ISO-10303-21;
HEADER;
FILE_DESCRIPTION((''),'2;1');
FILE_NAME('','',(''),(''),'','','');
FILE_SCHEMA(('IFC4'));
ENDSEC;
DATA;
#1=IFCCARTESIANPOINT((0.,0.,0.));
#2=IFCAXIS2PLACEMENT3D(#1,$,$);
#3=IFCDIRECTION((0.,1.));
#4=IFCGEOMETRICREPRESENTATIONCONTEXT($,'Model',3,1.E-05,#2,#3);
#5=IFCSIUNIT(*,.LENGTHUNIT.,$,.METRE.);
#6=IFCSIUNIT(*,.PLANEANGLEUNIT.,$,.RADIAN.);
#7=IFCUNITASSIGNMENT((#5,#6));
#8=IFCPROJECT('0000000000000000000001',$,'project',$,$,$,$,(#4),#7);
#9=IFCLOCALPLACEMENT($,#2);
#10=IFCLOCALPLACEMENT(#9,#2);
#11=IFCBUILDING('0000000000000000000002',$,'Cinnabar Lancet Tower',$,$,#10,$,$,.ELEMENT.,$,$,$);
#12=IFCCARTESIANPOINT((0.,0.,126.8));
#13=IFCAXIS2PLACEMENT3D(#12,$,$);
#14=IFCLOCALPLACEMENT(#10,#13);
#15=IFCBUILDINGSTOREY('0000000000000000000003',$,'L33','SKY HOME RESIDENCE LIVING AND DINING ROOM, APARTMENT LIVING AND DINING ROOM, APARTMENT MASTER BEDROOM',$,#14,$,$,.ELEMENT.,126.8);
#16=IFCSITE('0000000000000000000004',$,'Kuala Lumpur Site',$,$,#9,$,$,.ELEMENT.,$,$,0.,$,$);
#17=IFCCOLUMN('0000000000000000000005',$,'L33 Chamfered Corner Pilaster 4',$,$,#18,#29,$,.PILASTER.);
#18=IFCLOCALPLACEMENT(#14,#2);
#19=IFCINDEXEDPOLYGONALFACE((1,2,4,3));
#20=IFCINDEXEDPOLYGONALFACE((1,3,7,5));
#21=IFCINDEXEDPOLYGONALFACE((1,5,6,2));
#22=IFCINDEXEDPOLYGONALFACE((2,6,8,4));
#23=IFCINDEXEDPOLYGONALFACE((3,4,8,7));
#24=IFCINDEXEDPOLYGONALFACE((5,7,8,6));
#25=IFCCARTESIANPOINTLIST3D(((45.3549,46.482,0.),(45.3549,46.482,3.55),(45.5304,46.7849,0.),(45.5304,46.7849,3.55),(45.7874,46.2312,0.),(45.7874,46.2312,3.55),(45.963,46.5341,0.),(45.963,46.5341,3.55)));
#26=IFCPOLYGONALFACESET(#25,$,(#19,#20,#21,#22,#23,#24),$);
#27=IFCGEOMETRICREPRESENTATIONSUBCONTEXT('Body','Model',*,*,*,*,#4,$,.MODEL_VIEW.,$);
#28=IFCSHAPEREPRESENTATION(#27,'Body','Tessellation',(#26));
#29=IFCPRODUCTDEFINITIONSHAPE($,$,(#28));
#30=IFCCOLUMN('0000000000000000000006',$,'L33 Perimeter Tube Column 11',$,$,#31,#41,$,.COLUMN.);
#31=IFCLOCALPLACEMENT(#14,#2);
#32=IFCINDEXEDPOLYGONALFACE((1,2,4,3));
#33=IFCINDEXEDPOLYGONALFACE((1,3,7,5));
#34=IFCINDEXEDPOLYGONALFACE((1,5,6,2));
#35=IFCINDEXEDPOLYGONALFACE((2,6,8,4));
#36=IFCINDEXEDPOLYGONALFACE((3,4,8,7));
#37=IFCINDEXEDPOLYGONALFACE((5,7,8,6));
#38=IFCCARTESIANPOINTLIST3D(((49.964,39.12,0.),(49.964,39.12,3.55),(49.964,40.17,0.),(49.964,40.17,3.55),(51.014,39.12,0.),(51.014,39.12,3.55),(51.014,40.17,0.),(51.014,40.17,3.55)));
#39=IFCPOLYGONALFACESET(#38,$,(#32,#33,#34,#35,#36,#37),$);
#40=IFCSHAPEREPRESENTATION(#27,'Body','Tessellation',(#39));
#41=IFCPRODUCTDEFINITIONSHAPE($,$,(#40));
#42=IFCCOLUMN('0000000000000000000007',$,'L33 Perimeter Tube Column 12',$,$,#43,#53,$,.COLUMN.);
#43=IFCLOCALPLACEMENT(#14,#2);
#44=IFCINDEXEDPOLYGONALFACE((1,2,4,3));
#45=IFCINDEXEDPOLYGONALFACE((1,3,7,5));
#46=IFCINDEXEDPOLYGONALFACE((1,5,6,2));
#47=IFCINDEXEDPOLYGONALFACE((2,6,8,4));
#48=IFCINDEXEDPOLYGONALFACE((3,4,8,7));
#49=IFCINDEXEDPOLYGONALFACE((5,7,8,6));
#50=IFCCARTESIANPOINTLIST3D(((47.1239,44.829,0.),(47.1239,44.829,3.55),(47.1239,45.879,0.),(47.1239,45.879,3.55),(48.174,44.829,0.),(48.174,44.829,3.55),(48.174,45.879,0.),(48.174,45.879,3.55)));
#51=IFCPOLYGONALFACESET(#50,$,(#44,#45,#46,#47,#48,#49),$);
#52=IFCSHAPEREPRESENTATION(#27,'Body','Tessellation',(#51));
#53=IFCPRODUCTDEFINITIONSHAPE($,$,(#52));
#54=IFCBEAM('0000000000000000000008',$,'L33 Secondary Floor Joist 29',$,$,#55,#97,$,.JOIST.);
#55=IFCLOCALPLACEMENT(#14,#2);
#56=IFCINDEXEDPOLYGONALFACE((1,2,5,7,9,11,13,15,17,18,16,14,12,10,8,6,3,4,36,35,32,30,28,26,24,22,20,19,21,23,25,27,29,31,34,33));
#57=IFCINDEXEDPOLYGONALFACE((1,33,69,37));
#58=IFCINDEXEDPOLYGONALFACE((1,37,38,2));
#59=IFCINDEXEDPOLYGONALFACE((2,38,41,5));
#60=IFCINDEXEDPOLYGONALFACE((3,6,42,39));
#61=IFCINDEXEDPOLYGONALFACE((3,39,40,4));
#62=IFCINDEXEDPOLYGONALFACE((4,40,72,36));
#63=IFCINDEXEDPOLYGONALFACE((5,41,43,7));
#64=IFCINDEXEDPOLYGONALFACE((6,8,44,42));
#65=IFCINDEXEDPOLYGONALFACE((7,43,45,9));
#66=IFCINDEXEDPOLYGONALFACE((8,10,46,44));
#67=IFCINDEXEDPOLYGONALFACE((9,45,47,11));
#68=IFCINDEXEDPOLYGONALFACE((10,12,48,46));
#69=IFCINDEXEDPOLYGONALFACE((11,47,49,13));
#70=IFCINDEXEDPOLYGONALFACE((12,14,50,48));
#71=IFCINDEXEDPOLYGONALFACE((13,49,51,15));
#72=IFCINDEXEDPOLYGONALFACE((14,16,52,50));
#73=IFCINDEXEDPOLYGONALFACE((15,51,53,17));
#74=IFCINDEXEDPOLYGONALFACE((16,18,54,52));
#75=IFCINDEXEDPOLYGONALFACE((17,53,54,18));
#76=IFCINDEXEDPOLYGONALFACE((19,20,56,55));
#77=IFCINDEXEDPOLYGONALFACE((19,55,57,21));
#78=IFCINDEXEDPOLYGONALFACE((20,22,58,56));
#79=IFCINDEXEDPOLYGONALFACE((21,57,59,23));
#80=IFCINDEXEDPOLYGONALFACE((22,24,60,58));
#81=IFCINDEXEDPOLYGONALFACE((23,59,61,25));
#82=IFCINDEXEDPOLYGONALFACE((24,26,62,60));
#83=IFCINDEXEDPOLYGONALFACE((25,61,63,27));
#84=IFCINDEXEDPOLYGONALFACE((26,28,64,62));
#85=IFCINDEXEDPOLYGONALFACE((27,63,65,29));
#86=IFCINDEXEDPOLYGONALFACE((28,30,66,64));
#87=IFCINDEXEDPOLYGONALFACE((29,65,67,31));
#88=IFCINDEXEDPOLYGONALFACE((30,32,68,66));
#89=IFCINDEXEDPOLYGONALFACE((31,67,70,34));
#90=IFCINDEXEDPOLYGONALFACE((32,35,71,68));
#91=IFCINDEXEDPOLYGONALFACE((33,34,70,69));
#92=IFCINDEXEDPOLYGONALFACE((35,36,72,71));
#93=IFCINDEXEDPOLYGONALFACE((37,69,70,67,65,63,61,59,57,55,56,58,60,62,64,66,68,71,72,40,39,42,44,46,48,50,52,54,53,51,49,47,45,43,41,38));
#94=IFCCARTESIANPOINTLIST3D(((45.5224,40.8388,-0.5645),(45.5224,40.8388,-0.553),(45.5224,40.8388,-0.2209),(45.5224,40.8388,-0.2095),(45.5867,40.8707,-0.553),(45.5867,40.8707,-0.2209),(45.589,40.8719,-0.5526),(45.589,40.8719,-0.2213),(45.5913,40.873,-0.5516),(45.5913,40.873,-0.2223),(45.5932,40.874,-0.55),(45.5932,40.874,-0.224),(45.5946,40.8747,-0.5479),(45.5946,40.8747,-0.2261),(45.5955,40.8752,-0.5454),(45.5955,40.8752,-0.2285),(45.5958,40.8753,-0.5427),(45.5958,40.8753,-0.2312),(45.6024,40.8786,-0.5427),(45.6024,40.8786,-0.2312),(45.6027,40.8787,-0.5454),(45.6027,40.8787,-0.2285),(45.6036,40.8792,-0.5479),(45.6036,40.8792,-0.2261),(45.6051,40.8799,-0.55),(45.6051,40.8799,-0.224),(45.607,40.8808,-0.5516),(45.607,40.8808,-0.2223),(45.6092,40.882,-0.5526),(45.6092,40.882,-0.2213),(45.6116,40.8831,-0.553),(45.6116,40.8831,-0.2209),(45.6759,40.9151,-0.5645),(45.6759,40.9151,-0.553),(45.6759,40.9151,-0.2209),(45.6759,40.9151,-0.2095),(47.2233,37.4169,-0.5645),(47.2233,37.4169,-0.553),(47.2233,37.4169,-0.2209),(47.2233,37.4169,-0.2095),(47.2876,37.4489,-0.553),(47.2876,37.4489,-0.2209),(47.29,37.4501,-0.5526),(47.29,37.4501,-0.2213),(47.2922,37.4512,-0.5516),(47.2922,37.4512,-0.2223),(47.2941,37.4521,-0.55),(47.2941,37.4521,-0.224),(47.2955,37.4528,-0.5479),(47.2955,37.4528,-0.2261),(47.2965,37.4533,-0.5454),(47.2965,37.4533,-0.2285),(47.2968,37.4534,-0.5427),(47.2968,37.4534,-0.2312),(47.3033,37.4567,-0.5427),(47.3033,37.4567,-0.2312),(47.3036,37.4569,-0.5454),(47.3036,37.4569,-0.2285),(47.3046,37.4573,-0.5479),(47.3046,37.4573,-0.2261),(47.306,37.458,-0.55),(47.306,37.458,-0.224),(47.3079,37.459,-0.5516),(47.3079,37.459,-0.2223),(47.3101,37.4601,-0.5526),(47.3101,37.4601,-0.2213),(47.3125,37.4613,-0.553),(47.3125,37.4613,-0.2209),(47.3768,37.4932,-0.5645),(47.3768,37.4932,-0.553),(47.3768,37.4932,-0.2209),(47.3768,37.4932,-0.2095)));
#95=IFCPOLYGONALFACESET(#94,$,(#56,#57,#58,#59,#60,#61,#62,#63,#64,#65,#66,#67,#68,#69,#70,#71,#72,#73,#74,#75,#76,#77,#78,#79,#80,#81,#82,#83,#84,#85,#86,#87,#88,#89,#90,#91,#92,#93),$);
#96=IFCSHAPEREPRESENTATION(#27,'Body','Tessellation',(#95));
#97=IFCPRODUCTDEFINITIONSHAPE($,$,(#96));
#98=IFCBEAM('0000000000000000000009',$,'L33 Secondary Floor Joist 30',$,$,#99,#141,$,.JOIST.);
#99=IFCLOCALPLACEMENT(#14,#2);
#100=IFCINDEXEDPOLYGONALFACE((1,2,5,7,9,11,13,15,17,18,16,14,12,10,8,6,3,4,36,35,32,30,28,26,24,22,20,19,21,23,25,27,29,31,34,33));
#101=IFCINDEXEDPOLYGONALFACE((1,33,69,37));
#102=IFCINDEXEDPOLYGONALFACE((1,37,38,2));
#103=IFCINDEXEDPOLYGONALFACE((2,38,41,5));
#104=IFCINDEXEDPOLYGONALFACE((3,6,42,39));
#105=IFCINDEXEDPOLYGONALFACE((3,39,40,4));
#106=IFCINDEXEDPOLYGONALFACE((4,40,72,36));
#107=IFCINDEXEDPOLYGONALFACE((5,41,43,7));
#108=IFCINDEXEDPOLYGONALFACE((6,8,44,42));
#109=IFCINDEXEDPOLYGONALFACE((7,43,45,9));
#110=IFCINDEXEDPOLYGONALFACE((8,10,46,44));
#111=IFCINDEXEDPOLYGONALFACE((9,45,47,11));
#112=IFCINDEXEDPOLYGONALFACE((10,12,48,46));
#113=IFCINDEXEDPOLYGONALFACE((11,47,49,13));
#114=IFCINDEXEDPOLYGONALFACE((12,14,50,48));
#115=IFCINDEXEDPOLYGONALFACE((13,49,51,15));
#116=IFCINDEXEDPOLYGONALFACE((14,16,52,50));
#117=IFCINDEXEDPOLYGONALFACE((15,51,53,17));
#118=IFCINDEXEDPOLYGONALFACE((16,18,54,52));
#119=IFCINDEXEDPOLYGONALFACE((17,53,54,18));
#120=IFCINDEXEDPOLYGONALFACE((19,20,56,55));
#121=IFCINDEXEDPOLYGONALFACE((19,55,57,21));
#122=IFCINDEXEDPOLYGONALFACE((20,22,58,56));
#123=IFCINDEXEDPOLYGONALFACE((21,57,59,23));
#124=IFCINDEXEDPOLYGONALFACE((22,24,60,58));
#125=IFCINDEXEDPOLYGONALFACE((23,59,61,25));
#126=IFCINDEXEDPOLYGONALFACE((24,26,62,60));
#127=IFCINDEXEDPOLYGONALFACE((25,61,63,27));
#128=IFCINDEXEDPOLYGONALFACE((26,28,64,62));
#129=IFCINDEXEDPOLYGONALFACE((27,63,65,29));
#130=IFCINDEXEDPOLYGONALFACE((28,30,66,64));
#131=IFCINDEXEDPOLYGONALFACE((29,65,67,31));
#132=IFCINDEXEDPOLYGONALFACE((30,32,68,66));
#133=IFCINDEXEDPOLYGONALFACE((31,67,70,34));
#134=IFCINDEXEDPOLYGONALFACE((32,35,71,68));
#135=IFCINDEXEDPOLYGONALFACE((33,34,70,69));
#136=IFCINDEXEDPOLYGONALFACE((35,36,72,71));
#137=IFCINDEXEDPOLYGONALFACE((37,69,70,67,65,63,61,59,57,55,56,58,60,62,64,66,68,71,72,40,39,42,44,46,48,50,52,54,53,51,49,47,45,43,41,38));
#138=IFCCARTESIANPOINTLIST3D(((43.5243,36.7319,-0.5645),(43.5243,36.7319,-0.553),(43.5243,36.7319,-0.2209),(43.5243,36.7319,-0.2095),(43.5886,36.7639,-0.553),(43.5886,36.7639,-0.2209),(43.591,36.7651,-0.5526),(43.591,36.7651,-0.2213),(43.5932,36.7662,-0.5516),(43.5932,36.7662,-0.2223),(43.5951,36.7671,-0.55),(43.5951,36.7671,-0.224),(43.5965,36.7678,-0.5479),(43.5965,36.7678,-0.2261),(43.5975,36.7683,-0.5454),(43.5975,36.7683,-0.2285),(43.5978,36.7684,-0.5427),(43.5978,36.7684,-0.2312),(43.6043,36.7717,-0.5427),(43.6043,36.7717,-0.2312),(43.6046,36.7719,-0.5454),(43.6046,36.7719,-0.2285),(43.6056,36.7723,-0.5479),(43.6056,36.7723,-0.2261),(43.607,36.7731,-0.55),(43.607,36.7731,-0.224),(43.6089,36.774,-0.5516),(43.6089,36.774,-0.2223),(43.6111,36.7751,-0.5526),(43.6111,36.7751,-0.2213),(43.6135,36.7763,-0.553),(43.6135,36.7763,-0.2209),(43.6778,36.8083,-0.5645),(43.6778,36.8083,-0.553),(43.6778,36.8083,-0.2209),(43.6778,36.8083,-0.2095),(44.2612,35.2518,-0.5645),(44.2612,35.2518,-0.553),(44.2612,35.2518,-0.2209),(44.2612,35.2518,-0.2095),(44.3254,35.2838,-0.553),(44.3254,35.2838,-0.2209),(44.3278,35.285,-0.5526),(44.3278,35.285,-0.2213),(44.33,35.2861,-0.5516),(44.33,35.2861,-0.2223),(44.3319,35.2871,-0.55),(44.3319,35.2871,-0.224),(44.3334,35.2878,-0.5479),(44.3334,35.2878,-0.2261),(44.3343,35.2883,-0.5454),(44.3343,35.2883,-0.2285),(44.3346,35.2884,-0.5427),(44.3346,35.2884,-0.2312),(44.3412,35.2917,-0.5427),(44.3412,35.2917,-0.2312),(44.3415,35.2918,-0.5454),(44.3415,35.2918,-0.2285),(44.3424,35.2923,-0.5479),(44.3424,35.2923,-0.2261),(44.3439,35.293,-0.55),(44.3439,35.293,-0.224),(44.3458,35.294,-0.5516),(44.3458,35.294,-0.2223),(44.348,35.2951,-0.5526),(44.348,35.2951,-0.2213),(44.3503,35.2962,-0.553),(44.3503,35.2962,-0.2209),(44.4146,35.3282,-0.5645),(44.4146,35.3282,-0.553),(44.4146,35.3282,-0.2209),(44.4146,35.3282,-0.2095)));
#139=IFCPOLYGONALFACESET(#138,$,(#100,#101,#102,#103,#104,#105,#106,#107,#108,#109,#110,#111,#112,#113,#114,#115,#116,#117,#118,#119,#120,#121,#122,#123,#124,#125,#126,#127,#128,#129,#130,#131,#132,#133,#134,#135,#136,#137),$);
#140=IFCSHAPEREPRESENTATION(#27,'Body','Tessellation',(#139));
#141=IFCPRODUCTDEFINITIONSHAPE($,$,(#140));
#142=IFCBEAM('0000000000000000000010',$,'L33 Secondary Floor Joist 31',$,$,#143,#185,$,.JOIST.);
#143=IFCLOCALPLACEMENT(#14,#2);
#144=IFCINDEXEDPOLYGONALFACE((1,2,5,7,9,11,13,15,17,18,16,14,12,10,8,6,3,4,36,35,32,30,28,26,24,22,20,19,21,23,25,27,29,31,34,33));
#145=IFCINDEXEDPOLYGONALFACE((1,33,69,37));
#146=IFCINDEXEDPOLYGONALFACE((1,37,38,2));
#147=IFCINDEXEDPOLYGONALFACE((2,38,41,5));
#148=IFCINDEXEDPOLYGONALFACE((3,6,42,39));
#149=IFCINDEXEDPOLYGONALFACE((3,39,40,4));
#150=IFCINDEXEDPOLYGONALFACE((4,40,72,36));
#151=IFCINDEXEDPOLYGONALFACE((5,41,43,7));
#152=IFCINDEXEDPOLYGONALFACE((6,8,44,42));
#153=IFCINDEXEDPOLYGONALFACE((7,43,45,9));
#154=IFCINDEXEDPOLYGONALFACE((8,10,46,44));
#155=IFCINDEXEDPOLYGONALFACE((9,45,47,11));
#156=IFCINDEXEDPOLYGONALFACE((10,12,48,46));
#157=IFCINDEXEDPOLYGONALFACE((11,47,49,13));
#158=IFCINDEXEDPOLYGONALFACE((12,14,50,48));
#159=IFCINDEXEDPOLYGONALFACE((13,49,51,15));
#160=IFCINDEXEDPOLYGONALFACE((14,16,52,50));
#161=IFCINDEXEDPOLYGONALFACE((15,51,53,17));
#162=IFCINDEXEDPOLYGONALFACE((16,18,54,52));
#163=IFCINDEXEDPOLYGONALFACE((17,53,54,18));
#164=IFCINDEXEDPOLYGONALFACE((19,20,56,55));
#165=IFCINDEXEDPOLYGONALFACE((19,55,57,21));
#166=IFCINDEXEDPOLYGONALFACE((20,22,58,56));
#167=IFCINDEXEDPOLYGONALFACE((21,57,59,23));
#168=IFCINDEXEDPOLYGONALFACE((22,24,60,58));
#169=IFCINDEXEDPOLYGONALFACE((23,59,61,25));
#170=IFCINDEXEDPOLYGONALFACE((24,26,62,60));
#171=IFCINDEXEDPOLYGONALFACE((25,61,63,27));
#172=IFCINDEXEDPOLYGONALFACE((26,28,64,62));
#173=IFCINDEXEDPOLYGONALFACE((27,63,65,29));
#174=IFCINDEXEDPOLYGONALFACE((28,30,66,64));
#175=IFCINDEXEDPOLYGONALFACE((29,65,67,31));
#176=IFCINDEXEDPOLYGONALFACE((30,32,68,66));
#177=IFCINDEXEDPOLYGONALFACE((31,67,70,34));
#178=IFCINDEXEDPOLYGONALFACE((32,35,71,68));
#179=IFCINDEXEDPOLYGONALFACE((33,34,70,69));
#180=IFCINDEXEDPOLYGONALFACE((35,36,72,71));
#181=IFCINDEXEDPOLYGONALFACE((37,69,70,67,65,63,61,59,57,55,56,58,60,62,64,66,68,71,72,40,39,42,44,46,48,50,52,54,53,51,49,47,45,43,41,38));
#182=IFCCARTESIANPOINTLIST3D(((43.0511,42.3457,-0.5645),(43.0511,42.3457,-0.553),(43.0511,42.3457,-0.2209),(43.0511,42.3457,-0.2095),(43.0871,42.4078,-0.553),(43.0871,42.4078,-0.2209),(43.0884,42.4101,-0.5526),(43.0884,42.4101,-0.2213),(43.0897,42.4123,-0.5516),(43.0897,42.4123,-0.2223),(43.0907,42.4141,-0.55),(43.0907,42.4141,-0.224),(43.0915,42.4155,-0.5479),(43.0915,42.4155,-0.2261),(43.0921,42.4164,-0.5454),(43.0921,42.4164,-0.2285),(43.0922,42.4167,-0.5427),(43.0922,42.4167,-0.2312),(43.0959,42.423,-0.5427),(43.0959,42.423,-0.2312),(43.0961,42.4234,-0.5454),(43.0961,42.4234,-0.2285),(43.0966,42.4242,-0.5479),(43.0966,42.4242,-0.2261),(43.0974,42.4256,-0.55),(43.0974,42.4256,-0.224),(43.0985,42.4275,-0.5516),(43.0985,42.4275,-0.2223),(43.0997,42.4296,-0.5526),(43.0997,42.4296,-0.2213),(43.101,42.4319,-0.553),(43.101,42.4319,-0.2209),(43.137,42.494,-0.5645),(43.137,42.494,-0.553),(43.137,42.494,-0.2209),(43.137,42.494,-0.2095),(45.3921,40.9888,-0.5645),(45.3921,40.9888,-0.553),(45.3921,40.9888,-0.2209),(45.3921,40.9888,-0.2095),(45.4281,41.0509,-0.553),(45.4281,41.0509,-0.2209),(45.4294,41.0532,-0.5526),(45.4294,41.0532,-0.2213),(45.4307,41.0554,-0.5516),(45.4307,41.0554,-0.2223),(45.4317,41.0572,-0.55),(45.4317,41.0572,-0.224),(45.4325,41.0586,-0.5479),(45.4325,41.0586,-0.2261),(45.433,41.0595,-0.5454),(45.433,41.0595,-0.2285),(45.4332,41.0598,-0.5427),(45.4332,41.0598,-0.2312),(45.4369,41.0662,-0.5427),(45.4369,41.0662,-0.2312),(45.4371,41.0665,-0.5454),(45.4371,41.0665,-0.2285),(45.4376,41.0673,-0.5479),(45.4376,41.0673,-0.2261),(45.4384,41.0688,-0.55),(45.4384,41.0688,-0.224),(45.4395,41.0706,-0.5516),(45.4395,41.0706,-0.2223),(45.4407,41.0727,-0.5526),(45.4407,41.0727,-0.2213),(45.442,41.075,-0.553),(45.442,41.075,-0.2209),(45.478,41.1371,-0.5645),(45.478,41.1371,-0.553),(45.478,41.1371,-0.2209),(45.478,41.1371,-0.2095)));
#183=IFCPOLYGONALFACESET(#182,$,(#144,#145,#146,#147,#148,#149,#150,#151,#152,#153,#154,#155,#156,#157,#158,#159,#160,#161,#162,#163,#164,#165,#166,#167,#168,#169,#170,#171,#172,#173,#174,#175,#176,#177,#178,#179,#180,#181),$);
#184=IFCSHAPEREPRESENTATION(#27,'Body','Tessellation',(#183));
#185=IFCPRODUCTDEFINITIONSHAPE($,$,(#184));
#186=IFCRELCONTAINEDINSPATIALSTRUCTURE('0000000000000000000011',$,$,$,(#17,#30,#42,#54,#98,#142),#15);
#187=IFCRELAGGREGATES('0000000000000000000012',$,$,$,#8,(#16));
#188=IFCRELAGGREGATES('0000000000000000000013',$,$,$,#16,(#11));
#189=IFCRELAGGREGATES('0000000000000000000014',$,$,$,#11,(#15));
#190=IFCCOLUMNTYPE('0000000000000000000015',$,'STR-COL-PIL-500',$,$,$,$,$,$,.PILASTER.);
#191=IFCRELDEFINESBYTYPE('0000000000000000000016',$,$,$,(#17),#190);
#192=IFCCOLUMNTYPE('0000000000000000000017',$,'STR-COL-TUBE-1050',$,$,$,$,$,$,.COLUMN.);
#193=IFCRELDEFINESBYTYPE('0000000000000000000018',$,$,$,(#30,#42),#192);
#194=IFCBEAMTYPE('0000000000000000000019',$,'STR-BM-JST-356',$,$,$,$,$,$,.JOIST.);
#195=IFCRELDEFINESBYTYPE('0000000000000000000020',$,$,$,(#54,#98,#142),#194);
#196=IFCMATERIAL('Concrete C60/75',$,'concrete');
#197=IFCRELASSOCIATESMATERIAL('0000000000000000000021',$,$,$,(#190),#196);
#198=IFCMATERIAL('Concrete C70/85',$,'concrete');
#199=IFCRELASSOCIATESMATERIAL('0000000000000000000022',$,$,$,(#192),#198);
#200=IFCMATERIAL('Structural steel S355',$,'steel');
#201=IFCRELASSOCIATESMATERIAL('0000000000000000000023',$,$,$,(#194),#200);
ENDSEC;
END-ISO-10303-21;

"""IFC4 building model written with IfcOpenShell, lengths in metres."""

from ifc_helpers import new_model, si_unit, direction, frame, origin, origin_2d, place, context, subcontext, project, spatial, rectangle, i_section, extrude, material, material_profile, profile_set, type_object, element, save


model = new_model("IFC4")

# Units and contexts
model_context = context("Model", 3, precision=1e-05, world=origin(), true_north=direction((0.0, 1.0)))
body_context = subcontext(model_context, "Body", "Model", "MODEL_VIEW")
ifc_project = project(units=[si_unit("LENGTHUNIT", "METRE"), si_unit("PLANEANGLEUNIT", "RADIAN")], contexts=[model_context])

# Site, building, storey
site_placement = place(None, origin())
site = spatial("IfcSite", under=ifc_project, at=site_placement, Name="Kuala Lumpur Site", CompositionType="ELEMENT", RefElevation=0.0)
building_placement = place(site_placement, origin())
building = spatial("IfcBuilding", under=site, at=building_placement, Name="Cinnabar Lancet Tower", CompositionType="ELEMENT")
storey_placement = place(building_placement, frame((0.0, 0.0, 126.8)))
storey = spatial("IfcBuildingStorey", under=building, at=storey_placement, Name="L33", Description="SKY HOME RESIDENCE LIVING AND DINING ROOM, APARTMENT LIVING AND DINING ROOM, APARTMENT MASTER BEDROOM", CompositionType="ELEMENT", Elevation=126.8)

# Columns
ifc_material_1 = material(Name="Concrete C60/75", Category="concrete")
ifc_material_profile_1 = material_profile(ifc_material_1, rectangle(XDim=0.5, YDim=0.3501, at=origin_2d()), Name="RC-PIL 500x350")
ifc_profile_set_1 = profile_set([ifc_material_profile_1], Name="Concrete C60/75")
column_type_1 = type_object("IfcColumnType", Name="STR-COL-PIL-500", PredefinedType="PILASTER", material=ifc_profile_set_1)
column_placement = place(storey_placement, frame((45.6589, 46.5081, 0.0), z_axis=(0.0, 0.0, 1.0), x_axis=(-0.86516, 0.501496, 0.0)))
element("IfcColumn", 1, at=column_placement, inside=storey, type_object=column_type_1, Name="L33 Chamfered Corner Pilaster 4", PredefinedType="PILASTER", context=body_context, shape_type="SweptSolid", body=[
    extrude(rectangle(XDim=0.5, YDim=0.3501, at=origin_2d()), origin(), (0.0, 0.0, 1.0), 3.55),
])
ifc_material_2 = material(Name="Concrete C70/85", Category="concrete")
ifc_material_profile_2 = material_profile(ifc_material_2, rectangle(XDim=1.05, YDim=1.05, at=origin_2d()), Name="RC-COL 1050x1050")
ifc_profile_set_2 = profile_set([ifc_material_profile_2], Name="Concrete C70/85")
column_type_2 = type_object("IfcColumnType", Name="STR-COL-TUBE-1050", PredefinedType="COLUMN", material=ifc_profile_set_2)
for number, where, z_axis, x_axis, name in (
    (2, (50.489, 39.645, 0.0), (0.0, 0.0, 1.0), (1.0, 0.0, 0.0), "L33 Perimeter Tube Column 11"),
    (3, (47.6489, 45.354, 0.0), (0.0, 0.0, 1.0), (1.0, 0.0, 0.0), "L33 Perimeter Tube Column 12"),
):
    element("IfcColumn", number, at=place(storey_placement, frame(where, z_axis=z_axis, x_axis=x_axis)), inside=storey, type_object=column_type_2, Name=name, PredefinedType="COLUMN", context=body_context, shape_type="SweptSolid", body=[
        extrude(rectangle(XDim=1.05, YDim=1.05, at=origin_2d()), origin(), (0.0, 0.0, 1.0), 3.55),
    ])

# Beams
ifc_material_3 = material(Name="Structural steel S355", Category="steel")
ifc_material_profile_3 = material_profile(ifc_material_3, i_section(OverallWidth=0.1714, OverallDepth=0.355, WebThickness=0.0073, FlangeThickness=0.0115, FilletRadius=0.0103, at=origin_2d()), Name="UKB 356x171x51")
ifc_profile_set_3 = profile_set([ifc_material_profile_3], Name="Structural steel S355")
beam_type_1 = type_object("IfcBeamType", Name="STR-BM-JST-356", PredefinedType="JOIST", material=ifc_profile_set_3)
beam_1_placement = place(storey_placement, frame((47.3, 37.4551, -0.387), z_axis=(-0.445117, 0.895473, 0.0), x_axis=(-0.895473, -0.445117, 0.0)))
element("IfcBeam", 4, at=beam_1_placement, inside=storey, type_object=beam_type_1, Name="L33 Secondary Floor Joist 29", PredefinedType="JOIST", context=body_context, shape_type="SweptSolid", body=[
    extrude(i_section(OverallWidth=0.1714, OverallDepth=0.355, WebThickness=0.0073, FlangeThickness=0.0115, FilletRadius=0.0103, at=origin_2d()), origin(), (0.0, 0.0, 1.0), 3.8213),
])
beam_2_placement = place(storey_placement, frame((44.3379, 35.29, -0.387), z_axis=(-0.445677, 0.895194, 0.0), x_axis=(-0.895194, -0.445677, 0.0)))
element("IfcBeam", 5, at=beam_2_placement, inside=storey, type_object=beam_type_1, Name="L33 Secondary Floor Joist 30", PredefinedType="JOIST", context=body_context, shape_type="SweptSolid", body=[
    extrude(i_section(OverallWidth=0.1714, OverallDepth=0.355, WebThickness=0.0073, FlangeThickness=0.0115, FilletRadius=0.0103, at=origin_2d()), origin(), (0.0, 0.0, 1.0), 1.6533),
])
beam_3_placement = place(storey_placement, frame((45.4351, 41.063, -0.387), z_axis=(-0.865173, 0.501474, 0.0), x_axis=(-0.501474, -0.865173, 0.0)))
element("IfcBeam", 6, at=beam_3_placement, inside=storey, type_object=beam_type_1, Name="L33 Secondary Floor Joist 31", PredefinedType="JOIST", context=body_context, shape_type="SweptSolid", body=[
    extrude(i_section(OverallWidth=0.1714, OverallDepth=0.355, WebThickness=0.0073, FlangeThickness=0.0115, FilletRadius=0.0103, at=origin_2d()), origin(), (0.0, 0.0, 1.0), 2.7058),
])

save(model, "model.ifc")
